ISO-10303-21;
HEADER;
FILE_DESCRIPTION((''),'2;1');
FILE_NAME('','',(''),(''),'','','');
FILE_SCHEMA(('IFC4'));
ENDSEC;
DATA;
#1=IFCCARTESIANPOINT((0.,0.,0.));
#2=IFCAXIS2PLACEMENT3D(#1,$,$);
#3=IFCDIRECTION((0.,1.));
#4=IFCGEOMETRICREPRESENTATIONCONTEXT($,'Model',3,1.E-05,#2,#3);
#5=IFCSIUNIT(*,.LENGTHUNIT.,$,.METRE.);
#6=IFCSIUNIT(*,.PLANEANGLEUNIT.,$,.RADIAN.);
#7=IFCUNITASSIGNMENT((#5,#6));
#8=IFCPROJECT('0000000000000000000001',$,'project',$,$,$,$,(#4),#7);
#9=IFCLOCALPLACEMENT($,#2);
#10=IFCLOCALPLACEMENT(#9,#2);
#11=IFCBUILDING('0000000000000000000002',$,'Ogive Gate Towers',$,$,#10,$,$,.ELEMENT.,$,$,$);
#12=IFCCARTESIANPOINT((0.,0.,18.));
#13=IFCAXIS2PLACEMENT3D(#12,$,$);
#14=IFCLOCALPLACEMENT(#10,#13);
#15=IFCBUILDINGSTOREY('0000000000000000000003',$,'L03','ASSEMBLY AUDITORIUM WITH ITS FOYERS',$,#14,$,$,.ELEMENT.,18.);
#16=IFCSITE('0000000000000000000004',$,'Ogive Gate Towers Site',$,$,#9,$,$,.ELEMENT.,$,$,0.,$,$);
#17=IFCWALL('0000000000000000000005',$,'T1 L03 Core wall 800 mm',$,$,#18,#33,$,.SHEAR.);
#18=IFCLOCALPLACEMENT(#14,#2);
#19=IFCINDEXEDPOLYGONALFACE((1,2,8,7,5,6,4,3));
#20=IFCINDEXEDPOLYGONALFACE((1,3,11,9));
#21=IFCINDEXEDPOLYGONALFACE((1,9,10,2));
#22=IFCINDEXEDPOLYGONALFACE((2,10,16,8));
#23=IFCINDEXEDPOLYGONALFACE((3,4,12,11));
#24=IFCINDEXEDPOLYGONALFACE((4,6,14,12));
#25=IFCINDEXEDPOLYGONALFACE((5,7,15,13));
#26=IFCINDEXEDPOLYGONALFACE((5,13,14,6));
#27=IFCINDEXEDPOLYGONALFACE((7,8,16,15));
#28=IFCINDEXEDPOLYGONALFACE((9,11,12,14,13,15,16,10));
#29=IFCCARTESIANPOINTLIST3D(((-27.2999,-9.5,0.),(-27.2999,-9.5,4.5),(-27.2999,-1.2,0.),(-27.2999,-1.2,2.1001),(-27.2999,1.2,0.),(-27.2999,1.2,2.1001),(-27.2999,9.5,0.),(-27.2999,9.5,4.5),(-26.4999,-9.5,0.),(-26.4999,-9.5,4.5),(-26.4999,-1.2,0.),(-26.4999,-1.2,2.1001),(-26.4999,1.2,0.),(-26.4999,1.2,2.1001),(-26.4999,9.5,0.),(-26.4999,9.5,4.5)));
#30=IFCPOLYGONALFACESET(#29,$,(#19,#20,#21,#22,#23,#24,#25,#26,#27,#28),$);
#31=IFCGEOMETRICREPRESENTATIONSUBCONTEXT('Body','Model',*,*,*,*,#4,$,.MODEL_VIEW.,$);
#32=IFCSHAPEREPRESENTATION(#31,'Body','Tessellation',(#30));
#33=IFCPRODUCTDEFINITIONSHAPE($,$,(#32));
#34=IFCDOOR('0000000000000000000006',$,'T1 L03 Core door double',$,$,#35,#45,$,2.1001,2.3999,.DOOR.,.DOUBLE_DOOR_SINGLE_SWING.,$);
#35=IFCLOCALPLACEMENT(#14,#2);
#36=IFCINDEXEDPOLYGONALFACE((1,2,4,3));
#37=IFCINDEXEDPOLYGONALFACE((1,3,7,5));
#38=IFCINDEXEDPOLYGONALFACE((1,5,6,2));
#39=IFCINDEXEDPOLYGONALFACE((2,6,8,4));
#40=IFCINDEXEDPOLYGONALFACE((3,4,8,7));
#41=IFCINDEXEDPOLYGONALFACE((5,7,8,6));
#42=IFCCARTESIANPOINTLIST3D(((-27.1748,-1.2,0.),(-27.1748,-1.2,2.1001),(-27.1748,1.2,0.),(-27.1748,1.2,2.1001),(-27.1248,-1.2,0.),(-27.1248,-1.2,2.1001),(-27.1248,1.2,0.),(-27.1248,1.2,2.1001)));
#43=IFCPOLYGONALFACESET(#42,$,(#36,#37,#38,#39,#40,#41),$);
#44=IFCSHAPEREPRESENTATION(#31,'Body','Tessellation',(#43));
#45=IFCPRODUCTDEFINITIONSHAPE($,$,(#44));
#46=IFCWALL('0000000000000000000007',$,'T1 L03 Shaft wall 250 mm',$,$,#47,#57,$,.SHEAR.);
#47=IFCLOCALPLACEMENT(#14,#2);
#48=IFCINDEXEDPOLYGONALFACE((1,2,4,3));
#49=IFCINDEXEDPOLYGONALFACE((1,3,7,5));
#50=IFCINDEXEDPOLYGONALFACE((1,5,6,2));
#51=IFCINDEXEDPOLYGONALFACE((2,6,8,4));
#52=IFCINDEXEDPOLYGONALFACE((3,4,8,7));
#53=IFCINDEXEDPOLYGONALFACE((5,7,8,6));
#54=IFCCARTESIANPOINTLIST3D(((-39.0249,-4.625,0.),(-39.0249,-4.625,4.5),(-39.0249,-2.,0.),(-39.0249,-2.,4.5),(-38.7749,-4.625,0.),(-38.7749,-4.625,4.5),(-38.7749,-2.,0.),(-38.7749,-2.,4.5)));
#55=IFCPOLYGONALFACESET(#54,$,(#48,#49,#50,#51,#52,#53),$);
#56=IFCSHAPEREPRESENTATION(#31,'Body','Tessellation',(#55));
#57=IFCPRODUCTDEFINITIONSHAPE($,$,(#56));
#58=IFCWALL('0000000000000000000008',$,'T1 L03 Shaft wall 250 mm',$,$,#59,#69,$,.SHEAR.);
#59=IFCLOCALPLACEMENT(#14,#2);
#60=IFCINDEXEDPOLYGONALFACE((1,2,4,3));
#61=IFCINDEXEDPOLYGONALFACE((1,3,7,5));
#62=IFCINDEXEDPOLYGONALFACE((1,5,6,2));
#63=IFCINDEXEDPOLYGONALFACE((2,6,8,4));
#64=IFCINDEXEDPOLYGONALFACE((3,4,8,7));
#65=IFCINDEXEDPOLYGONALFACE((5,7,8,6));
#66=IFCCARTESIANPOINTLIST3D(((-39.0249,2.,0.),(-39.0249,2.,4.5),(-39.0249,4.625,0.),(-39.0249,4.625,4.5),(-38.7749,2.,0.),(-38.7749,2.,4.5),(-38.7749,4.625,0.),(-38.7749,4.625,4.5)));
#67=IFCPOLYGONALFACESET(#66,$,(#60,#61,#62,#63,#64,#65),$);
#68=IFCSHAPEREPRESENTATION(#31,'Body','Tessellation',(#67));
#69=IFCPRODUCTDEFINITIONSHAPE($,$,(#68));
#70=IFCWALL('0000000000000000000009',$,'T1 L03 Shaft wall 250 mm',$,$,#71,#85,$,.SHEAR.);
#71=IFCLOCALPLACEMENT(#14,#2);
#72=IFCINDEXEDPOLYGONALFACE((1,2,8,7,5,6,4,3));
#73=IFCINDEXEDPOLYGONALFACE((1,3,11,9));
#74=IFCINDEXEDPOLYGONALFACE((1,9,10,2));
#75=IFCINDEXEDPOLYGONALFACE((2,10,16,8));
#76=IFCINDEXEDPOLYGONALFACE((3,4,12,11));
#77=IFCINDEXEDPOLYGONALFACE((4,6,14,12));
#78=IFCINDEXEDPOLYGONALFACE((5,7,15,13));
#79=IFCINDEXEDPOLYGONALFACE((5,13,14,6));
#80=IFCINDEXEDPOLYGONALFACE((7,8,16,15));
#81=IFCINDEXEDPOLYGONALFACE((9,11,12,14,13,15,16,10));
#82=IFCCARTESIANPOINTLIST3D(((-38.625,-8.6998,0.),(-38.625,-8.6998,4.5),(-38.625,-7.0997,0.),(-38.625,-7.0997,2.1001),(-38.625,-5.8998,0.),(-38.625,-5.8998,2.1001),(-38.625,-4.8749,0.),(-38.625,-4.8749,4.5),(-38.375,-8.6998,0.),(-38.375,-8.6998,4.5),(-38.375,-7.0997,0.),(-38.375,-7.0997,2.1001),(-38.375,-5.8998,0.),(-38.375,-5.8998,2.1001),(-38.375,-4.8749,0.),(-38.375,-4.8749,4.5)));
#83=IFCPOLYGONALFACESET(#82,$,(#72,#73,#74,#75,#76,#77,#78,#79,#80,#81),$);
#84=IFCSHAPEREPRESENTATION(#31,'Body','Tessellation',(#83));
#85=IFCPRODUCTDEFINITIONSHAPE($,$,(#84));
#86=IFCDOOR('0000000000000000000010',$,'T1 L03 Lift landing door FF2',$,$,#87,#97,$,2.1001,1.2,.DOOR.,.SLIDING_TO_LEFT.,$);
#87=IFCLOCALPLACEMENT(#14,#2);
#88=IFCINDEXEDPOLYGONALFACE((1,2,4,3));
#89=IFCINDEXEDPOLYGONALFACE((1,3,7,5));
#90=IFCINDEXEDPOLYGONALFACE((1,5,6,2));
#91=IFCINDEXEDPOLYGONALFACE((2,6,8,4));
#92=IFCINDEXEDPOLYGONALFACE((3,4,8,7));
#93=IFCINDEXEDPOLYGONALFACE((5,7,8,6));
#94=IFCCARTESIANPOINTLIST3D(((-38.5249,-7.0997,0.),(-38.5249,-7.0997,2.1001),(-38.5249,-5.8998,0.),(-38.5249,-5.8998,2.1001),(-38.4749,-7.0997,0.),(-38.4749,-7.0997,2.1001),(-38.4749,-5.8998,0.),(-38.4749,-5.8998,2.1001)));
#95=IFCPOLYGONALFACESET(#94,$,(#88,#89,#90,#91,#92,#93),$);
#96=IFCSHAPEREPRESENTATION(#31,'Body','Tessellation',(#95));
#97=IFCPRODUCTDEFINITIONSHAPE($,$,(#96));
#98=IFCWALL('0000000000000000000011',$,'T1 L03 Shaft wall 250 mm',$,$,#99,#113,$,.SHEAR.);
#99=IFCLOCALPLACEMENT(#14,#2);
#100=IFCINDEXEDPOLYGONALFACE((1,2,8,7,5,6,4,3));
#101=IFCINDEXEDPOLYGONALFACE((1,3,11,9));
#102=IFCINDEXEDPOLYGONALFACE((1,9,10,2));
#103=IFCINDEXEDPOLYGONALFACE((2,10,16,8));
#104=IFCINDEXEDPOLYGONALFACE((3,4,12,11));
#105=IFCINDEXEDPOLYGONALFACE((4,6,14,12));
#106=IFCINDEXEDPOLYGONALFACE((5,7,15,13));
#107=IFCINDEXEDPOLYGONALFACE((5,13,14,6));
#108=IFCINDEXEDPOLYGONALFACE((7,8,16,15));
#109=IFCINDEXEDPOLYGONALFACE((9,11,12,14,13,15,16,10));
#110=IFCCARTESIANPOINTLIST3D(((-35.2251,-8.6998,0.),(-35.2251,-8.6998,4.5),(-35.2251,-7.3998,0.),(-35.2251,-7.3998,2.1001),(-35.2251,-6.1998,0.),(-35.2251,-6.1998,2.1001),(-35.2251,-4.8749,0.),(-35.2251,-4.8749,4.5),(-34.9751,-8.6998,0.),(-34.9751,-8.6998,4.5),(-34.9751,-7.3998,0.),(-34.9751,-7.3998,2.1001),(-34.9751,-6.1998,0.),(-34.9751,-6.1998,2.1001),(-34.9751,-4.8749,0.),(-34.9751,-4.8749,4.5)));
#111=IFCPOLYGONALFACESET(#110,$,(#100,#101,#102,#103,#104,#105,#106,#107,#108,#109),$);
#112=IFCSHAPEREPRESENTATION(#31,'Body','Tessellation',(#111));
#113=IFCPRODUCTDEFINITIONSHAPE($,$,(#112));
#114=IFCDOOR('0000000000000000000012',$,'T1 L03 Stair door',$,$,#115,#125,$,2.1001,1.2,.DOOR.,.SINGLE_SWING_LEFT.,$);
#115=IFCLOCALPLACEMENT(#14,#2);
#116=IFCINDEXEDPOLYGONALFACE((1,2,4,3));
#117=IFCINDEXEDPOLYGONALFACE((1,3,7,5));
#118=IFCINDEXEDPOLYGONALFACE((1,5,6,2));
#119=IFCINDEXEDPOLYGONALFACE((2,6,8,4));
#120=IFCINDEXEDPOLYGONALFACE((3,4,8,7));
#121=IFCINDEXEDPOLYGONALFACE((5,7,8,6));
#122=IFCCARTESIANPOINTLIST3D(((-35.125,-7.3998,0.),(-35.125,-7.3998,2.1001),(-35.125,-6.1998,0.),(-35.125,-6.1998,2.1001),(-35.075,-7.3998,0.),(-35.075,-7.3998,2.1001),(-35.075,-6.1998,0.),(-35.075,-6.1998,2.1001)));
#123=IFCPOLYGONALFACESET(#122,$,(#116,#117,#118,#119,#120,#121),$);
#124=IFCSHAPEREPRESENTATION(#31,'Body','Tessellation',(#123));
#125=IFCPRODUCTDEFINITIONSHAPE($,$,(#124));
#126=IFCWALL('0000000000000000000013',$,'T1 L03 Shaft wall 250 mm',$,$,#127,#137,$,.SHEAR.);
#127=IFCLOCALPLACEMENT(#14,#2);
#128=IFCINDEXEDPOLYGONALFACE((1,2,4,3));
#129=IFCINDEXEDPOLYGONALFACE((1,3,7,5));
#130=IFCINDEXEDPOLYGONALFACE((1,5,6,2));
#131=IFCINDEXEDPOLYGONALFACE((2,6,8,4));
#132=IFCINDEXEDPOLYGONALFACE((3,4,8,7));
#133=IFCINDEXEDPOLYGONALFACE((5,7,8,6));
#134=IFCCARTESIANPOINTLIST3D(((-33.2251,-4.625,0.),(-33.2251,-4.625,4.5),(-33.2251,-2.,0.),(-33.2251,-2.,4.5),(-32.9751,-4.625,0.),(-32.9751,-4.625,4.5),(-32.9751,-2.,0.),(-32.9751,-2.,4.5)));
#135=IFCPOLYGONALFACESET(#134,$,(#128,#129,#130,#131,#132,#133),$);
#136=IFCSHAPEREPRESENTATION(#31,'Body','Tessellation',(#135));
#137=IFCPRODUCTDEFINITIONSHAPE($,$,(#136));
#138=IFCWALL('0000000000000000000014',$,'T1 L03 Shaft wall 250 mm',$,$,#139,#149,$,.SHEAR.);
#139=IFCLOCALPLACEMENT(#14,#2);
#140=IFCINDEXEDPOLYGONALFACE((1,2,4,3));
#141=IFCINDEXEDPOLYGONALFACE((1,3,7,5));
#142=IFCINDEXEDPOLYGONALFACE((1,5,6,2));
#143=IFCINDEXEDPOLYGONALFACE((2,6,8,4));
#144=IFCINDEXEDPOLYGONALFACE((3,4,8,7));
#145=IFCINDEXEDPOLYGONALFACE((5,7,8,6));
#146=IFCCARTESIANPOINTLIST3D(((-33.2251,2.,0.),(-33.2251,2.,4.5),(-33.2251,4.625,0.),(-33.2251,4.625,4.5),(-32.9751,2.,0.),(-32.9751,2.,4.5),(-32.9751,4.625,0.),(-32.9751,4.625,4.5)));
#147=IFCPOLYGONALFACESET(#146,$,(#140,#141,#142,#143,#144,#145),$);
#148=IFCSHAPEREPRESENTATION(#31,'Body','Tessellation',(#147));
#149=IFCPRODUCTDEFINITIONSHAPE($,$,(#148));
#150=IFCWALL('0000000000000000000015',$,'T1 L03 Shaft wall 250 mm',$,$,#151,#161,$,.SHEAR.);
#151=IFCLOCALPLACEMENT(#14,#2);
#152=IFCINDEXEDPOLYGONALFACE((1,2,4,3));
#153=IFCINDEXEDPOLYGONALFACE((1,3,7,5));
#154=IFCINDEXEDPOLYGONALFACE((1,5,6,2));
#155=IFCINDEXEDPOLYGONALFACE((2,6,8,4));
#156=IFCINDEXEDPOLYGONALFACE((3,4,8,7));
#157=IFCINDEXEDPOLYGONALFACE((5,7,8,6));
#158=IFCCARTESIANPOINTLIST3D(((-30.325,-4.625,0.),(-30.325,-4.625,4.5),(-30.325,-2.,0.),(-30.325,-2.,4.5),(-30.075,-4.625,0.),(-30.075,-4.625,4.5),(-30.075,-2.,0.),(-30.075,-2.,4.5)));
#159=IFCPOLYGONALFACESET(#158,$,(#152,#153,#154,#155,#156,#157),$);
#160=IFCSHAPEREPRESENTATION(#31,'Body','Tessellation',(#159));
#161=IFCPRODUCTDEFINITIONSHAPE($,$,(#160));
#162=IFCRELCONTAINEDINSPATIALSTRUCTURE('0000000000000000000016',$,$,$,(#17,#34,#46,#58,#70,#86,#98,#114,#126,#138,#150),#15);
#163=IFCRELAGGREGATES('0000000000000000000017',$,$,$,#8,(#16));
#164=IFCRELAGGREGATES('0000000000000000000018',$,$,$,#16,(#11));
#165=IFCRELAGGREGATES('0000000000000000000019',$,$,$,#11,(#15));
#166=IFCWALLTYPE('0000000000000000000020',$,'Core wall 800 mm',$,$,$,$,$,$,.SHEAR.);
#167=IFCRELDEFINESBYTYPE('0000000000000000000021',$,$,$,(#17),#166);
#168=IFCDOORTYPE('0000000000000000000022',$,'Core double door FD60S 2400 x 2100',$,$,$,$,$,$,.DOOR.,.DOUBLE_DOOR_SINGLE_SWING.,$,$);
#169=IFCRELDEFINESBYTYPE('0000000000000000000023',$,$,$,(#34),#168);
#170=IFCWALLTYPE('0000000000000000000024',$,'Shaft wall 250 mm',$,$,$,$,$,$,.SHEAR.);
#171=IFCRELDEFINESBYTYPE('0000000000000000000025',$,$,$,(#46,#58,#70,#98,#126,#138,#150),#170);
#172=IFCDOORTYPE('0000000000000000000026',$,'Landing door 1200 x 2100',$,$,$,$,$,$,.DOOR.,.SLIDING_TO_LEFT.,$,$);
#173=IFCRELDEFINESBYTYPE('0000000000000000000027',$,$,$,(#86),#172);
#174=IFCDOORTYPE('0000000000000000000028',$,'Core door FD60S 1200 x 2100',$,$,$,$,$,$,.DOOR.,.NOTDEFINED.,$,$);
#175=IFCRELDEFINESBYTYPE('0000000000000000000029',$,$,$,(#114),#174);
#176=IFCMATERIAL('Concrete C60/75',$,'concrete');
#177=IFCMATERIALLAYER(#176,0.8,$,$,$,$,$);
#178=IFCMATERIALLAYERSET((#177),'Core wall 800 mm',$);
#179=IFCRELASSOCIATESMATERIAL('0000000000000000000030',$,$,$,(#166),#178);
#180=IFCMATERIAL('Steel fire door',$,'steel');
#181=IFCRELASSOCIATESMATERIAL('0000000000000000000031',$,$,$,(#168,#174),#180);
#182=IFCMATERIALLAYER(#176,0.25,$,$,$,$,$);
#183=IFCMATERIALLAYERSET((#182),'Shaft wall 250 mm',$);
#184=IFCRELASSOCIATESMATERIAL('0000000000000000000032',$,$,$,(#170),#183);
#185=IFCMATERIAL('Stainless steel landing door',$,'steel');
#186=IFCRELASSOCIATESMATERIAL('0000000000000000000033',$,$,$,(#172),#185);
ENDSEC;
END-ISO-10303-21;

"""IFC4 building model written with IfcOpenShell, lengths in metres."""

from ifc_helpers import new_model, si_unit, direction, frame, frame_2d, origin, place, context, subcontext, project, spatial, rectangle, extrude, material, layer, layer_set, type_object, element, fill, save


model = new_model("IFC4")

# Units and contexts
model_context = context("Model", 3, precision=1e-05, world=origin(), true_north=direction((0.0, 1.0)))
body_context = subcontext(model_context, "Body", "Model", "MODEL_VIEW")
ifc_project = project(units=[si_unit("LENGTHUNIT", "METRE"), si_unit("PLANEANGLEUNIT", "RADIAN")], contexts=[model_context])

# Site, building, storey
site_placement = place(None, origin())
site = spatial("IfcSite", under=ifc_project, at=site_placement, Name="Ogive Gate Towers Site", CompositionType="ELEMENT", RefElevation=0.0)
building_placement = place(site_placement, origin())
building = spatial("IfcBuilding", under=site, at=building_placement, Name="Ogive Gate Towers", CompositionType="ELEMENT")
storey_placement = place(building_placement, frame((0.0, 0.0, 18.0)))
storey = spatial("IfcBuildingStorey", under=building, at=storey_placement, Name="L03", Description="ASSEMBLY AUDITORIUM WITH ITS FOYERS", CompositionType="ELEMENT", Elevation=18.0)

# Wall, opening, door
ifc_material_1 = material(Name="Concrete C60/75", Category="concrete")
ifc_layer_1 = layer(ifc_material_1, 0.8)
ifc_layer_set_1 = layer_set([ifc_layer_1], Name="Core wall 800 mm")
wall_type_1 = type_object("IfcWallType", Name="Core wall 800 mm", PredefinedType="SHEAR", material=ifc_layer_set_1)
wall_1_placement = place(storey_placement, frame((-26.8999, -9.5, 0.0), z_axis=(0.0, 0.0, 1.0), x_axis=(0.0, 1.0, 0.0)))
wall_1 = element("IfcWall", 1, at=wall_1_placement, inside=storey, type_object=wall_type_1, Name="T1 L03 Core wall 800 mm", PredefinedType="SHEAR", context=body_context, shape_type="SweptSolid", body=[
    extrude(rectangle(XDim=19.0, YDim=0.8, at=frame_2d((9.5, 0.0))), origin(), (0.0, 0.0, 1.0), 4.5),
])
opening_1_placement = place(wall_1_placement, frame((8.3, 0.0, 0.0)))
opening_1 = element("IfcOpeningElement", 2, at=opening_1_placement, cuts=wall_1, PredefinedType="OPENING", context=body_context, shape_type="SweptSolid", body=[
    extrude(rectangle(XDim=2.3999, YDim=2.1001, at=frame_2d((1.2, 1.05))), frame((0.0, 0.4102, 0.0), z_axis=(0.0, -1.0, 0.0), x_axis=(1.0, 0.0, 0.0)), (0.0, 0.0, 1.0), 0.8201),
])
ifc_material_2 = material(Name="Steel fire door", Category="steel")
door_type_1 = type_object("IfcDoorType", Name="Core double door FD60S 2400 x 2100", OperationType="DOUBLE_DOOR_SINGLE_SWING", PredefinedType="DOOR", material=ifc_material_2)
door_1_placement = place(opening_1_placement, origin())
door_1 = element("IfcDoor", 3, at=door_1_placement, inside=storey, type_object=door_type_1, Name="T1 L03 Core door double", OperationType="DOUBLE_DOOR_SINGLE_SWING", OverallHeight=2.1001, OverallWidth=2.3999, PredefinedType="DOOR", context=body_context, shape_type="SweptSolid", body=[
    extrude(rectangle(XDim=2.3999, YDim=2.1001, at=frame_2d((1.2, 1.05))), frame((0.0, 0.2749, 0.0), z_axis=(0.0, -1.0, 0.0), x_axis=(1.0, 0.0, 0.0)), (0.0, 0.0, 1.0), 0.05),
])
fill(opening_1, door_1)

# Walls
ifc_layer_2 = layer(ifc_material_1, 0.25)
ifc_layer_set_2 = layer_set([ifc_layer_2], Name="Shaft wall 250 mm")
wall_type_2 = type_object("IfcWallType", Name="Shaft wall 250 mm", PredefinedType="SHEAR", material=ifc_layer_set_2)
for number, where, z_axis, x_axis, name in (
    (4, (-38.8999, -4.625, 0.0), (0.0, 0.0, 1.0), (0.0, 1.0, 0.0), "T1 L03 Shaft wall 250 mm"),
    (5, (-38.8999, 2.0, 0.0), (0.0, 0.0, 1.0), (0.0, 1.0, 0.0), "T1 L03 Shaft wall 250 mm"),
):
    element("IfcWall", number, at=place(storey_placement, frame(where, z_axis=z_axis, x_axis=x_axis)), inside=storey, type_object=wall_type_2, Name=name, PredefinedType="SHEAR", context=body_context, shape_type="SweptSolid", body=[
        extrude(rectangle(XDim=2.625, YDim=0.25, at=frame_2d((1.3125, 0.0))), origin(), (0.0, 0.0, 1.0), 4.5),
    ])

# Walls, openings, doors
wall_2_placement = place(storey_placement, frame((-38.5, -8.7, 0.0), z_axis=(0.0, 0.0, 1.0), x_axis=(0.0, 1.0, 0.0)))
wall_2 = element("IfcWall", 6, at=wall_2_placement, inside=storey, type_object=wall_type_2, Name="T1 L03 Shaft wall 250 mm", PredefinedType="SHEAR", context=body_context, shape_type="SweptSolid", body=[
    extrude(rectangle(XDim=3.825, YDim=0.25, at=frame_2d((1.9126, 0.0))), origin(), (0.0, 0.0, 1.0), 4.5),
])
opening_2_placement = place(wall_2_placement, frame((1.6001, 0.0, 0.0)))
opening_2 = element("IfcOpeningElement", 7, at=opening_2_placement, cuts=wall_2, PredefinedType="OPENING", context=body_context, shape_type="SweptSolid", body=[
    extrude(rectangle(XDim=1.2, YDim=2.1001, at=frame_2d((0.6001, 1.05))), frame((0.0, 0.135, 0.0), z_axis=(0.0, -1.0, 0.0), x_axis=(1.0, 0.0, 0.0)), (0.0, 0.0, 1.0), 0.27),
])
ifc_material_3 = material(Name="Stainless steel landing door", Category="steel")
door_type_2 = type_object("IfcDoorType", Name="Landing door 1200 x 2100", OperationType="SLIDING_TO_LEFT", PredefinedType="DOOR", material=ifc_material_3)
door_2_placement = place(opening_2_placement, origin())
door_2 = element("IfcDoor", 8, at=door_2_placement, inside=storey, type_object=door_type_2, Name="T1 L03 Lift landing door FF2", OperationType="SLIDING_TO_LEFT", OverallHeight=2.1001, OverallWidth=1.2, PredefinedType="DOOR", context=body_context, shape_type="SweptSolid", body=[
    extrude(rectangle(XDim=1.2, YDim=2.1001, at=frame_2d((0.6001, 1.05))), frame((0.0, 0.0249, 0.0), z_axis=(0.0, -1.0, 0.0), x_axis=(1.0, 0.0, 0.0)), (0.0, 0.0, 1.0), 0.05),
])
fill(opening_2, door_2)
wall_3_placement = place(storey_placement, frame((-35.1001, -8.7, 0.0), z_axis=(0.0, 0.0, 1.0), x_axis=(0.0, 1.0, 0.0)))
wall_3 = element("IfcWall", 9, at=wall_3_placement, inside=storey, type_object=wall_type_2, Name="T1 L03 Shaft wall 250 mm", PredefinedType="SHEAR", context=body_context, shape_type="SweptSolid", body=[
    extrude(rectangle(XDim=3.825, YDim=0.25, at=frame_2d((1.9126, 0.0))), origin(), (0.0, 0.0, 1.0), 4.5),
])
opening_3_placement = place(wall_3_placement, frame((1.3, 0.0, 0.0)))
opening_3 = element("IfcOpeningElement", 10, at=opening_3_placement, cuts=wall_3, PredefinedType="OPENING", context=body_context, shape_type="SweptSolid", body=[
    extrude(rectangle(XDim=1.2, YDim=2.1001, at=frame_2d((0.6001, 1.05))), frame((0.0, 0.135, 0.0), z_axis=(0.0, -1.0, 0.0), x_axis=(1.0, 0.0, 0.0)), (0.0, 0.0, 1.0), 0.27),
])
door_type_3 = type_object("IfcDoorType", Name="Core door FD60S 1200 x 2100", OperationType="NOTDEFINED", PredefinedType="DOOR", material=ifc_material_2)
door_3_placement = place(opening_3_placement, origin())
door_3 = element("IfcDoor", 11, at=door_3_placement, inside=storey, type_object=door_type_3, Name="T1 L03 Stair door", OperationType="SINGLE_SWING_LEFT", OverallHeight=2.1001, OverallWidth=1.2, PredefinedType="DOOR", context=body_context, shape_type="SweptSolid", body=[
    extrude(rectangle(XDim=1.2, YDim=2.1001, at=frame_2d((0.6001, 1.05))), frame((0.0, 0.0249, 0.0), z_axis=(0.0, -1.0, 0.0), x_axis=(1.0, 0.0, 0.0)), (0.0, 0.0, 1.0), 0.05),
])
fill(opening_3, door_3)

# Walls
for number, where, z_axis, x_axis, name in (
    (12, (-33.1001, -4.625, 0.0), (0.0, 0.0, 1.0), (0.0, 1.0, 0.0), "T1 L03 Shaft wall 250 mm"),
    (13, (-33.1001, 2.0, 0.0), (0.0, 0.0, 1.0), (0.0, 1.0, 0.0), "T1 L03 Shaft wall 250 mm"),
    (14, (-30.2, -4.625, 0.0), (0.0, 0.0, 1.0), (0.0, 1.0, 0.0), "T1 L03 Shaft wall 250 mm"),
):
    element("IfcWall", number, at=place(storey_placement, frame(where, z_axis=z_axis, x_axis=x_axis)), inside=storey, type_object=wall_type_2, Name=name, PredefinedType="SHEAR", context=body_context, shape_type="SweptSolid", body=[
        extrude(rectangle(XDim=2.625, YDim=0.25, at=frame_2d((1.3125, 0.0))), origin(), (0.0, 0.0, 1.0), 4.5),
    ])

save(model, "model.ifc")
